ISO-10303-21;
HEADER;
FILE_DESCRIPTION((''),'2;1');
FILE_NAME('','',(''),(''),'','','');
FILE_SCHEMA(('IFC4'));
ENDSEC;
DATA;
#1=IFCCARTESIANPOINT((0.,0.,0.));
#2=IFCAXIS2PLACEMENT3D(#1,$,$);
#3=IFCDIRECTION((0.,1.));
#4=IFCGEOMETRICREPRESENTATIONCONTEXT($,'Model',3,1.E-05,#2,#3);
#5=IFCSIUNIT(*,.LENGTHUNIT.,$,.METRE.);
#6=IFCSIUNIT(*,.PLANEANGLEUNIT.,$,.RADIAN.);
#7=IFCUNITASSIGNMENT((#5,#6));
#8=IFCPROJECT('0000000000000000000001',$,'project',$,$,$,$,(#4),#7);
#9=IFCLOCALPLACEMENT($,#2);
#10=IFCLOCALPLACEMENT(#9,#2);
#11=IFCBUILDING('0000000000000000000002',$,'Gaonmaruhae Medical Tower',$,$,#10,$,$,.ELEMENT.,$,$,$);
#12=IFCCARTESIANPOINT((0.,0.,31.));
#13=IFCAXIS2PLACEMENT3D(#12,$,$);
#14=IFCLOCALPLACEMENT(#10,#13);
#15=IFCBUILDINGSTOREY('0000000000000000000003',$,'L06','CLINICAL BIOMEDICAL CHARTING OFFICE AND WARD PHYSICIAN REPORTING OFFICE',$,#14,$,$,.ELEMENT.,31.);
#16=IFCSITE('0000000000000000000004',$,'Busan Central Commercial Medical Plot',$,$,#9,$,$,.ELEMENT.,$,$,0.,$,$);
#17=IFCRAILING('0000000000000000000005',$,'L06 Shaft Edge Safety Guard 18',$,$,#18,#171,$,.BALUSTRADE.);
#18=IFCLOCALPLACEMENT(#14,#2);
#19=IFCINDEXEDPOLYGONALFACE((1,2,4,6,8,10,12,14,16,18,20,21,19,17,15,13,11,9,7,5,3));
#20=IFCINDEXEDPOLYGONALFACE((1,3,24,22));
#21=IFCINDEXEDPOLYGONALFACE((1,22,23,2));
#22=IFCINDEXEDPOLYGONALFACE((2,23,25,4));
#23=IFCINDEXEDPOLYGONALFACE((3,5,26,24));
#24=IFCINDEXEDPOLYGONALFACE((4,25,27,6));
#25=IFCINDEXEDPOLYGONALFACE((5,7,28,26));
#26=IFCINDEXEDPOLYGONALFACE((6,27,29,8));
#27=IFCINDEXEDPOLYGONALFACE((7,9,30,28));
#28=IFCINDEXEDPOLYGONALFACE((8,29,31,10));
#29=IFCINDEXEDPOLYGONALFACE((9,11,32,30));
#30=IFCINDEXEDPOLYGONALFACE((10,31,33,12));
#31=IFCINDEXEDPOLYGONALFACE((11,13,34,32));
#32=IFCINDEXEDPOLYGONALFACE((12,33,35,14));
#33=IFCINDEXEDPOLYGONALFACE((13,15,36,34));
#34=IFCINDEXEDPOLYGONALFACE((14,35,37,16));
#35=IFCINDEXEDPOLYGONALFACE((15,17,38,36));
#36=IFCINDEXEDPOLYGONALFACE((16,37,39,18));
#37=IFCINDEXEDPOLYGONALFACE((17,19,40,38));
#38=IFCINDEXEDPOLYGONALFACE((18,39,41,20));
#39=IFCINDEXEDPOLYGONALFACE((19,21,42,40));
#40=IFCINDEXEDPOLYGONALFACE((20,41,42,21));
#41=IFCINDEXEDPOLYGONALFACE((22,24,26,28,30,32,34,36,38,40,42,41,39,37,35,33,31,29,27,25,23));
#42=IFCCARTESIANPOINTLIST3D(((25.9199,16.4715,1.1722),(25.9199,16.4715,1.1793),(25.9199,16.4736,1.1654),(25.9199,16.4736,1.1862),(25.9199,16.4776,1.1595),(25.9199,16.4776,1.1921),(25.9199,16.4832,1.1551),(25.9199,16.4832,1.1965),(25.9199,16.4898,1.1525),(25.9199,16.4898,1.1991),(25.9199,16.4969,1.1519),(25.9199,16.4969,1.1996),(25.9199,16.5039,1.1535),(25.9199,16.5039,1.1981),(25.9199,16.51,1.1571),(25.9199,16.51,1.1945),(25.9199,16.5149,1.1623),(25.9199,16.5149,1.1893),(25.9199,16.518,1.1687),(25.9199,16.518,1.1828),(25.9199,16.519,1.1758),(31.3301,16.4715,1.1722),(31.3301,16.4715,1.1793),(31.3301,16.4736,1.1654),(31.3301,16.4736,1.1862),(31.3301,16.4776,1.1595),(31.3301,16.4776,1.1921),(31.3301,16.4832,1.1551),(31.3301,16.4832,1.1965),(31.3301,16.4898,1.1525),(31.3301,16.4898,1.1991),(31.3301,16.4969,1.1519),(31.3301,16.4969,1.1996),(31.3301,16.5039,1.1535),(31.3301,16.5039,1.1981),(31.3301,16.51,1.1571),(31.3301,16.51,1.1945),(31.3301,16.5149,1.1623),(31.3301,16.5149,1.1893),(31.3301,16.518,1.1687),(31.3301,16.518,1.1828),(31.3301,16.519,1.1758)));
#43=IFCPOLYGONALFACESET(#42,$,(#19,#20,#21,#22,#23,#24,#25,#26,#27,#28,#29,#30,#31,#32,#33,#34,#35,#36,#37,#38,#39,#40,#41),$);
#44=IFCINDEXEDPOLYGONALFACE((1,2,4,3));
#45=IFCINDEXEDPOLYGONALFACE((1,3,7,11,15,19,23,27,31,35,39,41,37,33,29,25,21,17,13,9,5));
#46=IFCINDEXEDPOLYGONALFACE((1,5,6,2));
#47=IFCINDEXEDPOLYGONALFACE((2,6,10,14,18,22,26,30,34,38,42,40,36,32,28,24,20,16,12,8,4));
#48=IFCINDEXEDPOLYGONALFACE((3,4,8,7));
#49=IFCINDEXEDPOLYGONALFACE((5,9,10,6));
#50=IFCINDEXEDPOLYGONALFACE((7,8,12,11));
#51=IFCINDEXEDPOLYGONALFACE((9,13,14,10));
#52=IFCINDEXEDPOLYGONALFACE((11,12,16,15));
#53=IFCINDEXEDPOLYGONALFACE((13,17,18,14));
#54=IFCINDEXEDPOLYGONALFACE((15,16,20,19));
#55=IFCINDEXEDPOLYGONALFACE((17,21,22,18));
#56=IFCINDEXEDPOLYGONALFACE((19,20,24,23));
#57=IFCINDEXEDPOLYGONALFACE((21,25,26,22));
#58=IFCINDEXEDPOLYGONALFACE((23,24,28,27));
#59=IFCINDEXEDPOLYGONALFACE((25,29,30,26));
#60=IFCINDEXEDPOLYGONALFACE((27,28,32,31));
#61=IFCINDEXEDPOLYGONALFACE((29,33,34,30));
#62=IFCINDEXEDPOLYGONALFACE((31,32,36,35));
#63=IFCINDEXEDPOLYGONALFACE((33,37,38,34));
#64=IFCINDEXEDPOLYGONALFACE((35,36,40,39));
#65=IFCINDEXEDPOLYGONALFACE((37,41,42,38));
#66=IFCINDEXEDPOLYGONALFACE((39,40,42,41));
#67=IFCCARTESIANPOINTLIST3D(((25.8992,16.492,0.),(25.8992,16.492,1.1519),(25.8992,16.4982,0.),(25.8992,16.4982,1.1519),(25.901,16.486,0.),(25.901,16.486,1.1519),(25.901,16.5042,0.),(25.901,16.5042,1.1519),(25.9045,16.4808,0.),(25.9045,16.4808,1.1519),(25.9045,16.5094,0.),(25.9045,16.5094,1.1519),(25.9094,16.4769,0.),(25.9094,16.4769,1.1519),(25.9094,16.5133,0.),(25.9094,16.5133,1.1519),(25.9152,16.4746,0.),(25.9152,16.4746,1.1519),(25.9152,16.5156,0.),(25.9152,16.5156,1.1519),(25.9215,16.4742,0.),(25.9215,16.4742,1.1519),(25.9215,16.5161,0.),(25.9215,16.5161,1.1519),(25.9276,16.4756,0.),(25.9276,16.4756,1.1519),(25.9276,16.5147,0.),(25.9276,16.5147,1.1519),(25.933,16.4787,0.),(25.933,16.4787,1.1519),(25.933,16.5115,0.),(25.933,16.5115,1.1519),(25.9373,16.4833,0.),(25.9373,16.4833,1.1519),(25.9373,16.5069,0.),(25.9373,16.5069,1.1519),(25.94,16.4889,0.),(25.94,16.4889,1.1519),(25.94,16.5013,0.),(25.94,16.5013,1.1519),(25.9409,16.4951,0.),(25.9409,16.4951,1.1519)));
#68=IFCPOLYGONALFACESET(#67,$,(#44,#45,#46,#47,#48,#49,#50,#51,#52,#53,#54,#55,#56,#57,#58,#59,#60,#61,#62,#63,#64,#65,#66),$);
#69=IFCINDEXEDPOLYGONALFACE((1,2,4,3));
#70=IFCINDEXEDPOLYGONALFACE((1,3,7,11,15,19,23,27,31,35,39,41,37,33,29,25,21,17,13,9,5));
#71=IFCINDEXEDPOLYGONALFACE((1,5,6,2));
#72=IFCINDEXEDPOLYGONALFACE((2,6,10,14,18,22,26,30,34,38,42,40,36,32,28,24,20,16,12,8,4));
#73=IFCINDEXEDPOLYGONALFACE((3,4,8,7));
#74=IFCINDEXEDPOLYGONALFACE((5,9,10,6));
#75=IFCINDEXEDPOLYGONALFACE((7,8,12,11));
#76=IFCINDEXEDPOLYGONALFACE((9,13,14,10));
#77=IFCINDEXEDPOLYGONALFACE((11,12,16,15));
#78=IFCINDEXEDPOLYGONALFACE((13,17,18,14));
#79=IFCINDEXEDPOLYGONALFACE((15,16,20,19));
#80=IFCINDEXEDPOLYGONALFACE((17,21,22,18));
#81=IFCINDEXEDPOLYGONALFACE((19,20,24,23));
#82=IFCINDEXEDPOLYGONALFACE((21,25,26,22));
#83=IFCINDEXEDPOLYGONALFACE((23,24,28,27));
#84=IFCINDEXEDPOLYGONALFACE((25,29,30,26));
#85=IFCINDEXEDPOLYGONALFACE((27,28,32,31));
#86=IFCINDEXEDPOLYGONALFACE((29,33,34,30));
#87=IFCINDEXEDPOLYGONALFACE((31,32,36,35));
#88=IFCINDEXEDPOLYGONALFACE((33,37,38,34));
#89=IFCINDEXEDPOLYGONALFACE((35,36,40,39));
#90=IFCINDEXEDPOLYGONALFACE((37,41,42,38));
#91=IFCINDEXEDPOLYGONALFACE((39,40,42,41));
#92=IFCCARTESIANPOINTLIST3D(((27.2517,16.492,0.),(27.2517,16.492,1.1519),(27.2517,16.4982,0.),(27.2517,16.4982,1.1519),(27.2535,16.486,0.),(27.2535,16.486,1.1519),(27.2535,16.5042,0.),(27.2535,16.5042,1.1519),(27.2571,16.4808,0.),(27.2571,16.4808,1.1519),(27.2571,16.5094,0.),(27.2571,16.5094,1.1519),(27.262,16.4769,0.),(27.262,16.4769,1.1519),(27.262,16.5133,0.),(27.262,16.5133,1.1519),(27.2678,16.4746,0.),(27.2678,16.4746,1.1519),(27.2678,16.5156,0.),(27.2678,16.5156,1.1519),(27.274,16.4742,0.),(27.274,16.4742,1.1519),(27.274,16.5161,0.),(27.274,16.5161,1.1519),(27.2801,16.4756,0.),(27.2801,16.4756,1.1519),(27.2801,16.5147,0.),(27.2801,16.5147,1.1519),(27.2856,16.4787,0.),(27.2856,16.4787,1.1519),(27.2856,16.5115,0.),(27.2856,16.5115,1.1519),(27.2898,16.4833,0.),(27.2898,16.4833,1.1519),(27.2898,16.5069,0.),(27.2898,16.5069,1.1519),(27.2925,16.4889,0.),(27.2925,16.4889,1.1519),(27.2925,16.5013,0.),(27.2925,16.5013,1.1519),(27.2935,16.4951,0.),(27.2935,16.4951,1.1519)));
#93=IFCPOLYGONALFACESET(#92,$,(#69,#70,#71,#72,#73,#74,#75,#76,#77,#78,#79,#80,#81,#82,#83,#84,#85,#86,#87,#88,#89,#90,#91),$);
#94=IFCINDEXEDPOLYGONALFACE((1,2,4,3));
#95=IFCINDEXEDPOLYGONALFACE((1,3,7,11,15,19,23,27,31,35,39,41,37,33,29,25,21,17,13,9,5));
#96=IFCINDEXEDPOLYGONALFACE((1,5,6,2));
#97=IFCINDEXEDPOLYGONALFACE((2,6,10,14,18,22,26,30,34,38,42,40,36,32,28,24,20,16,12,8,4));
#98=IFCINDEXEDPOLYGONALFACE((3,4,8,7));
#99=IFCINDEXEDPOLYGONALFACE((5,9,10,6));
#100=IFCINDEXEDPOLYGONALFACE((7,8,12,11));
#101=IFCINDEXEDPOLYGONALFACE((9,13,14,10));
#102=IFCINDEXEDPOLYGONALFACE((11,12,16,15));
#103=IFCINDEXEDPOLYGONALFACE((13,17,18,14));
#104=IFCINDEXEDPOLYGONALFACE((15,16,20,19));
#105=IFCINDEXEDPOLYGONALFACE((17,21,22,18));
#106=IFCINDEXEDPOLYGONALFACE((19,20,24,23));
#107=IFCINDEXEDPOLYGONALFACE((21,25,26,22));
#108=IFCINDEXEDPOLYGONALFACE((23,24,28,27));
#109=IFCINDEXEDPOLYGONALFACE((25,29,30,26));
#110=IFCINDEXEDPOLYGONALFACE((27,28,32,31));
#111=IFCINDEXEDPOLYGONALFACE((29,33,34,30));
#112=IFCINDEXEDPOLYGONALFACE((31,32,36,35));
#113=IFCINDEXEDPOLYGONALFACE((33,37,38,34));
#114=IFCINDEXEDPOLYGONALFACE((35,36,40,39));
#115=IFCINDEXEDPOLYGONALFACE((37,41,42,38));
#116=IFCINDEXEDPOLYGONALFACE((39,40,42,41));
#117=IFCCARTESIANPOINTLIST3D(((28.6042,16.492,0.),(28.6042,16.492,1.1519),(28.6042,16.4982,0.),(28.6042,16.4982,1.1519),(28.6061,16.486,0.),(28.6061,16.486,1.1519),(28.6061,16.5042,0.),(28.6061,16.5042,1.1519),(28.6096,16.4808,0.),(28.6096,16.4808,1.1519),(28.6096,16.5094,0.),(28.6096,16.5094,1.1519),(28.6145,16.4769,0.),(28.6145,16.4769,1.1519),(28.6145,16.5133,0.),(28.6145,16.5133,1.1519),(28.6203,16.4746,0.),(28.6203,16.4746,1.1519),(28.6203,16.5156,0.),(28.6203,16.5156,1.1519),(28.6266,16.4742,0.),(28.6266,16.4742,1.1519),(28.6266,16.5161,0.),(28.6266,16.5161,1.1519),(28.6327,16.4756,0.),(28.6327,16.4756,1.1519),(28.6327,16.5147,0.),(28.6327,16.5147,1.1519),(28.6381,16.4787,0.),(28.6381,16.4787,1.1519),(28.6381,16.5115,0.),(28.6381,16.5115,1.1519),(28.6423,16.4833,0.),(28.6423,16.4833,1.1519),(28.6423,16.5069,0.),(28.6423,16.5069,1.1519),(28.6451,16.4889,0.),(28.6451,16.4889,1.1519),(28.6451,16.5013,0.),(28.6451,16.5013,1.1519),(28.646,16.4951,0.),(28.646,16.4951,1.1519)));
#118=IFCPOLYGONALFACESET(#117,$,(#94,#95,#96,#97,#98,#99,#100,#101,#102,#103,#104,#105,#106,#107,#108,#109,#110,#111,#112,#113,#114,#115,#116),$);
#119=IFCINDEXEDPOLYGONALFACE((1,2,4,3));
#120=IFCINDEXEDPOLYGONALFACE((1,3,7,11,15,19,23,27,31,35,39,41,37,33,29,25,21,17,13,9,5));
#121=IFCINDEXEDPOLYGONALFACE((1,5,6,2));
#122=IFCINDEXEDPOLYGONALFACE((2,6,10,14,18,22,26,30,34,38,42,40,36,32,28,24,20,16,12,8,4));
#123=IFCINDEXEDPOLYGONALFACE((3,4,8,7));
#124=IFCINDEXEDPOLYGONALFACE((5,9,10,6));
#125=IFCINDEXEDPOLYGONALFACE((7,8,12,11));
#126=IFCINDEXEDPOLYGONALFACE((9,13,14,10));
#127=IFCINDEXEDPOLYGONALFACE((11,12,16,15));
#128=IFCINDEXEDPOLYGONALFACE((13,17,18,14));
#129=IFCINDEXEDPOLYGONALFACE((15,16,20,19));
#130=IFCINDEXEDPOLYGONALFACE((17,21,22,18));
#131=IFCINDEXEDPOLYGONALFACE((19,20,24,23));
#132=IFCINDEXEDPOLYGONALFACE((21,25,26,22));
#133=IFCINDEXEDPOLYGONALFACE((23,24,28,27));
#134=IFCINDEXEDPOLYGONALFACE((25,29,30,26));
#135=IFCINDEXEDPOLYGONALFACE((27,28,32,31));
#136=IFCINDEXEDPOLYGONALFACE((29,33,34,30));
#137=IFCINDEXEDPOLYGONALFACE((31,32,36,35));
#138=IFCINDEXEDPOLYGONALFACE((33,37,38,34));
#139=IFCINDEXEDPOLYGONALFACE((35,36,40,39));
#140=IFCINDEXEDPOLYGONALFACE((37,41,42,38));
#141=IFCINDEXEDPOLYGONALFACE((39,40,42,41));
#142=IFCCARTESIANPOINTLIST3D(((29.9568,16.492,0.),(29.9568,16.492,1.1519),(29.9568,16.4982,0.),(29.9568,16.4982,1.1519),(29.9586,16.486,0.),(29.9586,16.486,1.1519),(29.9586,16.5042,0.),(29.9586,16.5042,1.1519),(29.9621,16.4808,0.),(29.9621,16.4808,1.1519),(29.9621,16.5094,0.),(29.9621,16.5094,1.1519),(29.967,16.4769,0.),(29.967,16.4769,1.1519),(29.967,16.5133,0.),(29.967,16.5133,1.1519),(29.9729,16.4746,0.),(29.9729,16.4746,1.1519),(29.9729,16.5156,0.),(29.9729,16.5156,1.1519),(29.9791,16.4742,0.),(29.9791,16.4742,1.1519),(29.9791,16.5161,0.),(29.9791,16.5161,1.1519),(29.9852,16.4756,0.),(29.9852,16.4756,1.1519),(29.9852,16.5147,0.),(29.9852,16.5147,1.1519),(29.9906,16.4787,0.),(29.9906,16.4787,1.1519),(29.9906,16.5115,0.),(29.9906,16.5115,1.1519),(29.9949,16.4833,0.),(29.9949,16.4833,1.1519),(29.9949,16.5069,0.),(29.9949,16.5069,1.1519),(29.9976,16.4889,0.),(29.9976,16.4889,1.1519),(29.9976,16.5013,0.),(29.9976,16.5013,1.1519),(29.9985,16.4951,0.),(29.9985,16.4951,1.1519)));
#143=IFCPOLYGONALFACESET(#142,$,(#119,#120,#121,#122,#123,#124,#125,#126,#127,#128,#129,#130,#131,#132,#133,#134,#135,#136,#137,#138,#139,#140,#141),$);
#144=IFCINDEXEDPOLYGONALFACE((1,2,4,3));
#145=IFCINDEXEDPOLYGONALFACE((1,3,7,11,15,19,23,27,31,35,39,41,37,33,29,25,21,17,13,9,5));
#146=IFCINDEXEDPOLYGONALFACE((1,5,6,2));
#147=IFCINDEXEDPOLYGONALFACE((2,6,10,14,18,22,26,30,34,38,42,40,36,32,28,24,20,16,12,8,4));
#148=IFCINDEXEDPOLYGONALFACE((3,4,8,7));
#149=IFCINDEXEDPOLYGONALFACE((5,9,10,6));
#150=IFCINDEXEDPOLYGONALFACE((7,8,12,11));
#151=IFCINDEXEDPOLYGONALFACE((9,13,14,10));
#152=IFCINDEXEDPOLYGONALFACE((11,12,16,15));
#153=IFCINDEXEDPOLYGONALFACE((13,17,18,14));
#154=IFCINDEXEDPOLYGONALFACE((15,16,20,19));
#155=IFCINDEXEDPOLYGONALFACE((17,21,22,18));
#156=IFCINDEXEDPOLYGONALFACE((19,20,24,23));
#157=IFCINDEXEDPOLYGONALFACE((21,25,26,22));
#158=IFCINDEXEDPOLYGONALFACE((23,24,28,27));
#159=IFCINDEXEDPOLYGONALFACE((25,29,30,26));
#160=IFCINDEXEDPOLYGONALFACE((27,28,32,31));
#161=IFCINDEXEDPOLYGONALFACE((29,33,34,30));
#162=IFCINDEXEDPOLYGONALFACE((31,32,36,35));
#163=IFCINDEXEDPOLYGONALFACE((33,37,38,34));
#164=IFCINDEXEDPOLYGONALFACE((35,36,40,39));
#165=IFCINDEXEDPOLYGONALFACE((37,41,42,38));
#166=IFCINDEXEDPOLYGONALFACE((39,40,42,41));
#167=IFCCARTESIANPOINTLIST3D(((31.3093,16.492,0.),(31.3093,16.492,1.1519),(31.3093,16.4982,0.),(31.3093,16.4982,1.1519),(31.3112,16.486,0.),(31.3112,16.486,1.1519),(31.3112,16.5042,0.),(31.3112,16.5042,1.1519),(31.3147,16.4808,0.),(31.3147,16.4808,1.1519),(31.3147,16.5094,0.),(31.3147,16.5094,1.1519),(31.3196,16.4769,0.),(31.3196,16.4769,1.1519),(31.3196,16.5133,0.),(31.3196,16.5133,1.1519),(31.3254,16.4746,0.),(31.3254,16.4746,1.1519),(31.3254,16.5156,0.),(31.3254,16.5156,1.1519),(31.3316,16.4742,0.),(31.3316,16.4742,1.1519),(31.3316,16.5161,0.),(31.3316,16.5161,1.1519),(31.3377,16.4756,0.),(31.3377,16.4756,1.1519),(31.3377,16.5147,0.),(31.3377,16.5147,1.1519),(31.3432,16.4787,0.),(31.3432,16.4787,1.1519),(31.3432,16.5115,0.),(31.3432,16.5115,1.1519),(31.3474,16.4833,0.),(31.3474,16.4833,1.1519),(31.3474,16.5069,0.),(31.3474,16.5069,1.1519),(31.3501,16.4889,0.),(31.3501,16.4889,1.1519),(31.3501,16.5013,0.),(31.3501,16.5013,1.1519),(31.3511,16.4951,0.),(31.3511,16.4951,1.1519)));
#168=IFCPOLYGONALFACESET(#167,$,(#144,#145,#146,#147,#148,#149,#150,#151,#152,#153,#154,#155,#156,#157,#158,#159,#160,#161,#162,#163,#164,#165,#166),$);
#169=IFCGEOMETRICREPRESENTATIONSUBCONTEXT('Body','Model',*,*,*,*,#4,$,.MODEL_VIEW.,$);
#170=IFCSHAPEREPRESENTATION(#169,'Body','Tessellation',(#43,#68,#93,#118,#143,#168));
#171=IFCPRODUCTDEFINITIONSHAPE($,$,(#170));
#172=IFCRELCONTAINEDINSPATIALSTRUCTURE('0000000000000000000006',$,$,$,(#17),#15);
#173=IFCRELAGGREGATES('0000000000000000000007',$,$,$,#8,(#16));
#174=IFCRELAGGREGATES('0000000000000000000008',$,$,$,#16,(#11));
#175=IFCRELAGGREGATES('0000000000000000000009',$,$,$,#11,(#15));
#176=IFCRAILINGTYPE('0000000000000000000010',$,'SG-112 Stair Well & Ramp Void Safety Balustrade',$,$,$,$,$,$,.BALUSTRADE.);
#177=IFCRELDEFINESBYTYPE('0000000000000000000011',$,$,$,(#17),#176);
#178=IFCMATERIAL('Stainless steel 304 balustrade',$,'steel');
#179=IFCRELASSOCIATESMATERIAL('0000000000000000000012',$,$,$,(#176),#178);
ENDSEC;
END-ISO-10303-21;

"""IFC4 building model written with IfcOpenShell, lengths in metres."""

from ifc_helpers import new_model, si_unit, direction, frame, origin, origin_2d, place, context, subcontext, project, spatial, circle, extrude, material, type_object, element, save


model = new_model("IFC4")

# Units and contexts
model_context = context("Model", 3, precision=1e-05, world=origin(), true_north=direction((0.0, 1.0)))
body_context = subcontext(model_context, "Body", "Model", "MODEL_VIEW")
ifc_project = project(units=[si_unit("LENGTHUNIT", "METRE"), si_unit("PLANEANGLEUNIT", "RADIAN")], contexts=[model_context])

# Site, building, storey
site_placement = place(None, origin())
site = spatial("IfcSite", under=ifc_project, at=site_placement, Name="Busan Central Commercial Medical Plot", CompositionType="ELEMENT", RefElevation=0.0)
building_placement = place(site_placement, origin())
building = spatial("IfcBuilding", under=site, at=building_placement, Name="Gaonmaruhae Medical Tower", CompositionType="ELEMENT")
storey_placement = place(building_placement, frame((0.0, 0.0, 31.0)))
storey = spatial("IfcBuildingStorey", under=building, at=storey_placement, Name="L06", Description="CLINICAL BIOMEDICAL CHARTING OFFICE AND WARD PHYSICIAN REPORTING OFFICE", CompositionType="ELEMENT", Elevation=31.0)

# Railing
ifc_material_1 = material(Name="Stainless steel 304 balustrade", Category="steel")
railing_type = type_object("IfcRailingType", Name="SG-112 Stair Well & Ramp Void Safety Balustrade", PredefinedType="BALUSTRADE", material=ifc_material_1)
railing_placement = place(storey_placement, frame((25.9199, 16.4951, 0.0)))
element("IfcRailing", 1, at=railing_placement, inside=storey, type_object=railing_type, Name="L06 Shaft Edge Safety Guard 18", PredefinedType="BALUSTRADE", context=body_context, shape_type="SweptSolid", body=[
    extrude(circle(Radius=0.0239, at=origin_2d()), frame((0.0, 0.0, 1.1758), z_axis=(1.0, 0.0, 0.0), x_axis=(0.0, 1.0, 0.0)), (0.0, 0.0, 1.0), 5.4102),
    extrude(circle(Radius=0.021, at=origin_2d()), origin(), (0.0, 0.0, 1.0), 1.1519),
    extrude(circle(Radius=0.021, at=origin_2d()), frame((1.3525, 0.0, 0.0)), (0.0, 0.0, 1.0), 1.1519),
    extrude(circle(Radius=0.021, at=origin_2d()), frame((2.7051, 0.0, 0.0)), (0.0, 0.0, 1.0), 1.1519),
    extrude(circle(Radius=0.021, at=origin_2d()), frame((4.0576, 0.0, 0.0)), (0.0, 0.0, 1.0), 1.1519),
    extrude(circle(Radius=0.021, at=origin_2d()), frame((5.4102, 0.0, 0.0)), (0.0, 0.0, 1.0), 1.1519),
])

save(model, "model.ifc")
